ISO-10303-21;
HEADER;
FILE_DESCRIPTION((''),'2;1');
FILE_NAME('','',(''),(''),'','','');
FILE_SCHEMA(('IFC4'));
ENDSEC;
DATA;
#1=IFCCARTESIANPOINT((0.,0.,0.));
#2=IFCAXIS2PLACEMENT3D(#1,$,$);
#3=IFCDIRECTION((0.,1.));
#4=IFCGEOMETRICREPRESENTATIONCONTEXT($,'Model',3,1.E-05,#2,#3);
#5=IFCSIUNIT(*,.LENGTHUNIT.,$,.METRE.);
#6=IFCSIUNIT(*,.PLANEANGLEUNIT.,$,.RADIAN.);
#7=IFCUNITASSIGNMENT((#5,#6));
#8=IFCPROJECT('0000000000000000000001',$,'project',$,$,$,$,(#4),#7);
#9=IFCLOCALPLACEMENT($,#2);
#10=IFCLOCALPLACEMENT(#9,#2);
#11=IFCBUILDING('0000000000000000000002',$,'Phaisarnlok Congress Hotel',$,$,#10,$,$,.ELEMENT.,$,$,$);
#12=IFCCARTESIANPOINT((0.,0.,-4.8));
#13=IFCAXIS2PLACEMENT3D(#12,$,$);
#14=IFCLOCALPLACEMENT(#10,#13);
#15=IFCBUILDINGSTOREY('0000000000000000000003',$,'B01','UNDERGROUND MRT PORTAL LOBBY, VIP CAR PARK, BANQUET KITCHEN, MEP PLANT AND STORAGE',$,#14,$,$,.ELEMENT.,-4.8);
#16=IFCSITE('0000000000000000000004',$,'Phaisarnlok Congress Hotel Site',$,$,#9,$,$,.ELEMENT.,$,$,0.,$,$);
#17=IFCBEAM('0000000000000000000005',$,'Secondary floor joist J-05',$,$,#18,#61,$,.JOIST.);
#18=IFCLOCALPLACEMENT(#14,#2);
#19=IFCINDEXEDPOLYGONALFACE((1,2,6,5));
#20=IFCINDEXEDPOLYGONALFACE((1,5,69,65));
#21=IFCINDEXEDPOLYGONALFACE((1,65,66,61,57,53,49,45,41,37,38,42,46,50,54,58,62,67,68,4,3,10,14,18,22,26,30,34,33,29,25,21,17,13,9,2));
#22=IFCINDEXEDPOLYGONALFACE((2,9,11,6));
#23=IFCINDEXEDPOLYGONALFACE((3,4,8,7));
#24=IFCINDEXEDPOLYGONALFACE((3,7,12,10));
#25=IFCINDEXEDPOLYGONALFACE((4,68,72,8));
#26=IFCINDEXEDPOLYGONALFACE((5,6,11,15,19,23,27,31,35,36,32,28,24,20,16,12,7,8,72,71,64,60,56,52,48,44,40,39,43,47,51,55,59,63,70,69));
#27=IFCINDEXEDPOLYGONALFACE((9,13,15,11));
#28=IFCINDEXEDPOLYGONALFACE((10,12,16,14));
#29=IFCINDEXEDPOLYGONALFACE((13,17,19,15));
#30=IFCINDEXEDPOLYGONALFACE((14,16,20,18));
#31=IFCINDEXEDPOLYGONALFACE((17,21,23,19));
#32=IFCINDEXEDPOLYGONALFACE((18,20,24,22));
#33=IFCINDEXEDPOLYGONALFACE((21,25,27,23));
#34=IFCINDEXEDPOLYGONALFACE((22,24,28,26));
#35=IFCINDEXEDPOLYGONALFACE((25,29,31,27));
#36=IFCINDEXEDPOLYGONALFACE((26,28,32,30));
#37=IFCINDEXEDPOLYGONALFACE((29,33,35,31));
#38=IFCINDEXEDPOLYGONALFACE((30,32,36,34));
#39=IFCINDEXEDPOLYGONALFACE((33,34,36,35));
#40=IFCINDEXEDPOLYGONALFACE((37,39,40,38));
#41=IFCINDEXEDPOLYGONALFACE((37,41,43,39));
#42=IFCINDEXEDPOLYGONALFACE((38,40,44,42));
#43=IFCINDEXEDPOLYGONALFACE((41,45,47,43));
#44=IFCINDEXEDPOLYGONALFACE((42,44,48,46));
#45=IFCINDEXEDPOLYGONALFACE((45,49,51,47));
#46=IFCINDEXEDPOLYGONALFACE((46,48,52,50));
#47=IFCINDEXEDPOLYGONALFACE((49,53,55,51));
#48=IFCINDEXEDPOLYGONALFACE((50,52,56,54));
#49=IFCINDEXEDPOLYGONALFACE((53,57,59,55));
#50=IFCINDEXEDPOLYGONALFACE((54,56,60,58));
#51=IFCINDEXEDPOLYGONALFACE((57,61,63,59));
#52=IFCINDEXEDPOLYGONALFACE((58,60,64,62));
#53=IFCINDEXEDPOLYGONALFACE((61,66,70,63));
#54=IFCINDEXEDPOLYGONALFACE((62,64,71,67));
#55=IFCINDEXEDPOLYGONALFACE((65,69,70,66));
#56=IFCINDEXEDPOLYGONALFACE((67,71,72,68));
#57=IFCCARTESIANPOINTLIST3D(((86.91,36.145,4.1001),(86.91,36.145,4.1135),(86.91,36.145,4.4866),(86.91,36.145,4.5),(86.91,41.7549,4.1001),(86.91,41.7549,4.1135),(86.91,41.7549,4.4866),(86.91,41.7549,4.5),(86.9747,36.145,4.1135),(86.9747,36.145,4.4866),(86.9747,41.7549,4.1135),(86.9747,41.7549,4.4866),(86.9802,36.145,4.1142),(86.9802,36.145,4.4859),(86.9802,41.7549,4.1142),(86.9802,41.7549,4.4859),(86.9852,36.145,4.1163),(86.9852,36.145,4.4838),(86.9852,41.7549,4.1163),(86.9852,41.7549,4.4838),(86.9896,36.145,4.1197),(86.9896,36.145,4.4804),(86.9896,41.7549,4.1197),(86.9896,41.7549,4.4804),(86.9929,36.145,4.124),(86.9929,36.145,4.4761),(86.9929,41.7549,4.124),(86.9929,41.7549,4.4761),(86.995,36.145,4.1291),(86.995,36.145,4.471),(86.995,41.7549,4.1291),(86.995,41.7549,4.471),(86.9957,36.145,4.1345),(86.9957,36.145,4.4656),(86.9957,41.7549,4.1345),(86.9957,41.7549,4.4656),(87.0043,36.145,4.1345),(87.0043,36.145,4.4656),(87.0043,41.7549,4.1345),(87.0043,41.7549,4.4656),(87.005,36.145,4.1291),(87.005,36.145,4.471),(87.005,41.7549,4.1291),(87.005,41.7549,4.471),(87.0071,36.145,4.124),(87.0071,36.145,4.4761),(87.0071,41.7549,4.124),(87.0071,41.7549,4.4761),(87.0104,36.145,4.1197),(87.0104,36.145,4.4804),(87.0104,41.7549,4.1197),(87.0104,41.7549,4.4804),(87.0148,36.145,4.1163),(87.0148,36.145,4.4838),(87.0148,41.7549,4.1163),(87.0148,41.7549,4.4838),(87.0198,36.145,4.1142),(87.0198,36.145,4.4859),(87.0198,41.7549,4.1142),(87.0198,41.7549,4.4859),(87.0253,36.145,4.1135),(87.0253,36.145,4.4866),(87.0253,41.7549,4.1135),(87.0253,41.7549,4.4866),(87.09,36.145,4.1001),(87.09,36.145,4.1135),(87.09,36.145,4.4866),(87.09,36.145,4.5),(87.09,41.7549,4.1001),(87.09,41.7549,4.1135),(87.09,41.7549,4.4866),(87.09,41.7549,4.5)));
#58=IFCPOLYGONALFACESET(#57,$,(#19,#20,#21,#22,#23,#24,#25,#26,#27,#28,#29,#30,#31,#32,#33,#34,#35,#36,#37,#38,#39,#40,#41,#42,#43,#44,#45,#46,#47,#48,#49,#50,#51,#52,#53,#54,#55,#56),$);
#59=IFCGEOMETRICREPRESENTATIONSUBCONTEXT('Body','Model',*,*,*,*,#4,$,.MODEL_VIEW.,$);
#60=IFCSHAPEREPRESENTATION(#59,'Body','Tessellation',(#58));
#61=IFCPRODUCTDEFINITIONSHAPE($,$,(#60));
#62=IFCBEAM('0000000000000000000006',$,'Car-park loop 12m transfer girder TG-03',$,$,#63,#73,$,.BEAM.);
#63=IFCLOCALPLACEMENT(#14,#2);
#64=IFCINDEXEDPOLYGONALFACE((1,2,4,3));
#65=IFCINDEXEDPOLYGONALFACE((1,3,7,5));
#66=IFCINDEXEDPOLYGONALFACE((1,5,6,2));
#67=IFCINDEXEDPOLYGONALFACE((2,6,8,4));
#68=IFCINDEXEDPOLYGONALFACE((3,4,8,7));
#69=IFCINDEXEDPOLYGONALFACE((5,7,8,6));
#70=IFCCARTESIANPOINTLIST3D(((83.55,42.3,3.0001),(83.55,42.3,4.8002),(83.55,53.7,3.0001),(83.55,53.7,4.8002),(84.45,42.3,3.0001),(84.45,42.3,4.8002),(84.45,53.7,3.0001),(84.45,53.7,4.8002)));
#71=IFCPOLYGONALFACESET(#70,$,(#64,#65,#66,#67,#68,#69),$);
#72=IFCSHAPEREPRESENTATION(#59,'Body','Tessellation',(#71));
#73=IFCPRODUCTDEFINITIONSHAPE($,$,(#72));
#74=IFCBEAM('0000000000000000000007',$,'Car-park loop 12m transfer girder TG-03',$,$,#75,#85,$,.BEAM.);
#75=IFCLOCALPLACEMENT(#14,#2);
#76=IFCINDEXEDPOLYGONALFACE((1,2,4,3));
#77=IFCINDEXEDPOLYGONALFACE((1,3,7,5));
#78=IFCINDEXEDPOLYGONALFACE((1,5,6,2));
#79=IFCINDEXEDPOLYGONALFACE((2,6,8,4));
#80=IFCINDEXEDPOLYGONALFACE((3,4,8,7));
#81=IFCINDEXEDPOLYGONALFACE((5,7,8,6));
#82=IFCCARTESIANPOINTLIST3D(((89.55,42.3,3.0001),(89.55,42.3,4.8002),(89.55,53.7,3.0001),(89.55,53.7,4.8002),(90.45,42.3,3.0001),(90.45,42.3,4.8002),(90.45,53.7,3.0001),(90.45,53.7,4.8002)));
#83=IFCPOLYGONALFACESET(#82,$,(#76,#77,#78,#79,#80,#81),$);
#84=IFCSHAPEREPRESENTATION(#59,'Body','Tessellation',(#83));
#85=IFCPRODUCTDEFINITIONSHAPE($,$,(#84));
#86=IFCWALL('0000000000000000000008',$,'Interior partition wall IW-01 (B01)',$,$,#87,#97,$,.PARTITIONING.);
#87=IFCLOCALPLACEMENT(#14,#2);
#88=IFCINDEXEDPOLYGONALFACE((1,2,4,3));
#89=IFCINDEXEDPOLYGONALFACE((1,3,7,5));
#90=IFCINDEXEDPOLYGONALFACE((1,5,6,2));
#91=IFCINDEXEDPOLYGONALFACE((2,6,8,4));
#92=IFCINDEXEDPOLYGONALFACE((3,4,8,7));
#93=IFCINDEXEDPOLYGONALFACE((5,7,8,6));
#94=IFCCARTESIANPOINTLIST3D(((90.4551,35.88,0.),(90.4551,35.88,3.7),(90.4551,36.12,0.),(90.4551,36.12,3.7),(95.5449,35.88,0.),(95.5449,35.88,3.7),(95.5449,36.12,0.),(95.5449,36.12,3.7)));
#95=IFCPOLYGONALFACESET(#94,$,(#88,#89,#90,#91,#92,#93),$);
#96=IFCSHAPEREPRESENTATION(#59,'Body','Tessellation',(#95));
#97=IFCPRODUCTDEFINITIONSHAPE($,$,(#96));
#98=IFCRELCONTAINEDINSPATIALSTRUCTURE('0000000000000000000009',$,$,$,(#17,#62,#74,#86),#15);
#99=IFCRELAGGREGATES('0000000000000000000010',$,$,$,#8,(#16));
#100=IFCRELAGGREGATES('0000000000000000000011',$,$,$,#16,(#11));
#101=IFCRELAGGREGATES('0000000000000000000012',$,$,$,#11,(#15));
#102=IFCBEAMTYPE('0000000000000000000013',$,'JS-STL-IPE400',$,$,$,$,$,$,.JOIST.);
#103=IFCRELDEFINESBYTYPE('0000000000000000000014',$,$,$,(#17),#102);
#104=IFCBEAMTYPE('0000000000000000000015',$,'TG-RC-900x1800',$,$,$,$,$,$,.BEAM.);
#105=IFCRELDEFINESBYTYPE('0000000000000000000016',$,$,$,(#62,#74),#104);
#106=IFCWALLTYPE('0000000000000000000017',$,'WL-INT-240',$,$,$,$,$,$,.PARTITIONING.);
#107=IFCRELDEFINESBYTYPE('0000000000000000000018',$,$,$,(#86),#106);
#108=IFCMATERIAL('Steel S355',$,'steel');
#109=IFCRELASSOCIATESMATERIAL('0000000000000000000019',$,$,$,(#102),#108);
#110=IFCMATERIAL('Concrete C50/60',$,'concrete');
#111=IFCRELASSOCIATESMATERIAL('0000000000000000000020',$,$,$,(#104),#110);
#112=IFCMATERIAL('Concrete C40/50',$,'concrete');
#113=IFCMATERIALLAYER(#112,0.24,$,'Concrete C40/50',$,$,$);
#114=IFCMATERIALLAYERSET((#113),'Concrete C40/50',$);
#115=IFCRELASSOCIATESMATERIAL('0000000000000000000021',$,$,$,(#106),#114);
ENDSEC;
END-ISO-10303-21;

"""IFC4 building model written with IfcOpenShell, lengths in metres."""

from ifc_helpers import new_model, si_unit, direction, frame, frame_2d, origin, origin_2d, place, context, subcontext, project, spatial, rectangle, i_section, extrude, material, layer, layer_set, material_profile, profile_set, type_object, element, save


model = new_model("IFC4")

# Units and contexts
model_context = context("Model", 3, precision=1e-05, world=origin(), true_north=direction((0.0, 1.0)))
body_context = subcontext(model_context, "Body", "Model", "MODEL_VIEW")
ifc_project = project(units=[si_unit("LENGTHUNIT", "METRE"), si_unit("PLANEANGLEUNIT", "RADIAN")], contexts=[model_context])

# Site, building, storey
site_placement = place(None, origin())
site = spatial("IfcSite", under=ifc_project, at=site_placement, Name="Phaisarnlok Congress Hotel Site", CompositionType="ELEMENT", RefElevation=0.0)
building_placement = place(site_placement, origin())
building = spatial("IfcBuilding", under=site, at=building_placement, Name="Phaisarnlok Congress Hotel", CompositionType="ELEMENT")
storey_placement = place(building_placement, frame((0.0, 0.0, -4.8)))
storey = spatial("IfcBuildingStorey", under=building, at=storey_placement, Name="B01", Description="UNDERGROUND MRT PORTAL LOBBY, VIP CAR PARK, BANQUET KITCHEN, MEP PLANT AND STORAGE", CompositionType="ELEMENT", Elevation=-4.8)

# Shared definitions
ifc_material_1 = material(Name="Concrete C40/50", Category="concrete")

# Shared definitions
ifc_material_2 = material(Name="Concrete C50/60", Category="concrete")

# Beams
ifc_material_3 = material(Name="Steel S355", Category="steel")
ifc_material_profile_1 = material_profile(ifc_material_3, i_section(OverallWidth=0.1799, OverallDepth=0.3999, WebThickness=0.0085, FlangeThickness=0.0134, FilletRadius=0.021, at=origin_2d()), Name="IPE 400")
ifc_profile_set_1 = profile_set([ifc_material_profile_1], Name="Steel S355")
beam_type_1 = type_object("IfcBeamType", Name="JS-STL-IPE400", PredefinedType="JOIST", material=ifc_profile_set_1)
beam_1_placement = place(storey_placement, frame((87.0, 36.145, 4.3), z_axis=(0.0, 1.0, 0.0), x_axis=(-1.0, 0.0, 0.0)))
element("IfcBeam", 1, at=beam_1_placement, inside=storey, type_object=beam_type_1, Name="Secondary floor joist J-05", PredefinedType="JOIST", context=body_context, shape_type="SweptSolid", body=[
    extrude(i_section(OverallWidth=0.1799, OverallDepth=0.3999, WebThickness=0.0085, FlangeThickness=0.0134, FilletRadius=0.021, at=origin_2d()), origin(), (0.0, 0.0, 1.0), 5.6099),
])
ifc_material_profile_2 = material_profile(ifc_material_2, rectangle(XDim=0.8999, YDim=1.8, at=origin_2d()), Name="RC 900x1800")
ifc_profile_set_2 = profile_set([ifc_material_profile_2], Name="Concrete C50/60")
beam_type_2 = type_object("IfcBeamType", Name="TG-RC-900x1800", PredefinedType="BEAM", material=ifc_profile_set_2)
for number, where, z_axis, x_axis, name in (
    (2, (84.0, 42.3, 3.9001), (0.0, 1.0, 0.0), (-1.0, 0.0, 0.0), "Car-park loop 12m transfer girder TG-03"),
    (3, (90.0, 42.3, 3.9001), (0.0, 1.0, 0.0), (-1.0, 0.0, 0.0), "Car-park loop 12m transfer girder TG-03"),
):
    element("IfcBeam", number, at=place(storey_placement, frame(where, z_axis=z_axis, x_axis=x_axis)), inside=storey, type_object=beam_type_2, Name=name, PredefinedType="BEAM", context=body_context, shape_type="SweptSolid", body=[
        extrude(rectangle(XDim=0.8999, YDim=1.8, at=origin_2d()), origin(), (0.0, 0.0, 1.0), 11.3999),
    ])

# Wall
ifc_layer = layer(ifc_material_1, 0.24, Name="Concrete C40/50")
ifc_layer_set = layer_set([ifc_layer], Name="Concrete C40/50")
wall_type = type_object("IfcWallType", Name="WL-INT-240", PredefinedType="PARTITIONING", material=ifc_layer_set)
wall_placement = place(storey_placement, frame((90.4551, 36.0, 0.0), z_axis=(0.0, 0.0, 1.0), x_axis=(1.0, 0.0, 0.0)))
element("IfcWall", 4, at=wall_placement, inside=storey, type_object=wall_type, Name="Interior partition wall IW-01 (B01)", PredefinedType="PARTITIONING", context=body_context, shape_type="SweptSolid", body=[
    extrude(rectangle(XDim=5.0898, YDim=0.24, at=frame_2d((2.5449, 0.0))), origin(), (0.0, 0.0, 1.0), 3.7),
])

save(model, "model.ifc")
